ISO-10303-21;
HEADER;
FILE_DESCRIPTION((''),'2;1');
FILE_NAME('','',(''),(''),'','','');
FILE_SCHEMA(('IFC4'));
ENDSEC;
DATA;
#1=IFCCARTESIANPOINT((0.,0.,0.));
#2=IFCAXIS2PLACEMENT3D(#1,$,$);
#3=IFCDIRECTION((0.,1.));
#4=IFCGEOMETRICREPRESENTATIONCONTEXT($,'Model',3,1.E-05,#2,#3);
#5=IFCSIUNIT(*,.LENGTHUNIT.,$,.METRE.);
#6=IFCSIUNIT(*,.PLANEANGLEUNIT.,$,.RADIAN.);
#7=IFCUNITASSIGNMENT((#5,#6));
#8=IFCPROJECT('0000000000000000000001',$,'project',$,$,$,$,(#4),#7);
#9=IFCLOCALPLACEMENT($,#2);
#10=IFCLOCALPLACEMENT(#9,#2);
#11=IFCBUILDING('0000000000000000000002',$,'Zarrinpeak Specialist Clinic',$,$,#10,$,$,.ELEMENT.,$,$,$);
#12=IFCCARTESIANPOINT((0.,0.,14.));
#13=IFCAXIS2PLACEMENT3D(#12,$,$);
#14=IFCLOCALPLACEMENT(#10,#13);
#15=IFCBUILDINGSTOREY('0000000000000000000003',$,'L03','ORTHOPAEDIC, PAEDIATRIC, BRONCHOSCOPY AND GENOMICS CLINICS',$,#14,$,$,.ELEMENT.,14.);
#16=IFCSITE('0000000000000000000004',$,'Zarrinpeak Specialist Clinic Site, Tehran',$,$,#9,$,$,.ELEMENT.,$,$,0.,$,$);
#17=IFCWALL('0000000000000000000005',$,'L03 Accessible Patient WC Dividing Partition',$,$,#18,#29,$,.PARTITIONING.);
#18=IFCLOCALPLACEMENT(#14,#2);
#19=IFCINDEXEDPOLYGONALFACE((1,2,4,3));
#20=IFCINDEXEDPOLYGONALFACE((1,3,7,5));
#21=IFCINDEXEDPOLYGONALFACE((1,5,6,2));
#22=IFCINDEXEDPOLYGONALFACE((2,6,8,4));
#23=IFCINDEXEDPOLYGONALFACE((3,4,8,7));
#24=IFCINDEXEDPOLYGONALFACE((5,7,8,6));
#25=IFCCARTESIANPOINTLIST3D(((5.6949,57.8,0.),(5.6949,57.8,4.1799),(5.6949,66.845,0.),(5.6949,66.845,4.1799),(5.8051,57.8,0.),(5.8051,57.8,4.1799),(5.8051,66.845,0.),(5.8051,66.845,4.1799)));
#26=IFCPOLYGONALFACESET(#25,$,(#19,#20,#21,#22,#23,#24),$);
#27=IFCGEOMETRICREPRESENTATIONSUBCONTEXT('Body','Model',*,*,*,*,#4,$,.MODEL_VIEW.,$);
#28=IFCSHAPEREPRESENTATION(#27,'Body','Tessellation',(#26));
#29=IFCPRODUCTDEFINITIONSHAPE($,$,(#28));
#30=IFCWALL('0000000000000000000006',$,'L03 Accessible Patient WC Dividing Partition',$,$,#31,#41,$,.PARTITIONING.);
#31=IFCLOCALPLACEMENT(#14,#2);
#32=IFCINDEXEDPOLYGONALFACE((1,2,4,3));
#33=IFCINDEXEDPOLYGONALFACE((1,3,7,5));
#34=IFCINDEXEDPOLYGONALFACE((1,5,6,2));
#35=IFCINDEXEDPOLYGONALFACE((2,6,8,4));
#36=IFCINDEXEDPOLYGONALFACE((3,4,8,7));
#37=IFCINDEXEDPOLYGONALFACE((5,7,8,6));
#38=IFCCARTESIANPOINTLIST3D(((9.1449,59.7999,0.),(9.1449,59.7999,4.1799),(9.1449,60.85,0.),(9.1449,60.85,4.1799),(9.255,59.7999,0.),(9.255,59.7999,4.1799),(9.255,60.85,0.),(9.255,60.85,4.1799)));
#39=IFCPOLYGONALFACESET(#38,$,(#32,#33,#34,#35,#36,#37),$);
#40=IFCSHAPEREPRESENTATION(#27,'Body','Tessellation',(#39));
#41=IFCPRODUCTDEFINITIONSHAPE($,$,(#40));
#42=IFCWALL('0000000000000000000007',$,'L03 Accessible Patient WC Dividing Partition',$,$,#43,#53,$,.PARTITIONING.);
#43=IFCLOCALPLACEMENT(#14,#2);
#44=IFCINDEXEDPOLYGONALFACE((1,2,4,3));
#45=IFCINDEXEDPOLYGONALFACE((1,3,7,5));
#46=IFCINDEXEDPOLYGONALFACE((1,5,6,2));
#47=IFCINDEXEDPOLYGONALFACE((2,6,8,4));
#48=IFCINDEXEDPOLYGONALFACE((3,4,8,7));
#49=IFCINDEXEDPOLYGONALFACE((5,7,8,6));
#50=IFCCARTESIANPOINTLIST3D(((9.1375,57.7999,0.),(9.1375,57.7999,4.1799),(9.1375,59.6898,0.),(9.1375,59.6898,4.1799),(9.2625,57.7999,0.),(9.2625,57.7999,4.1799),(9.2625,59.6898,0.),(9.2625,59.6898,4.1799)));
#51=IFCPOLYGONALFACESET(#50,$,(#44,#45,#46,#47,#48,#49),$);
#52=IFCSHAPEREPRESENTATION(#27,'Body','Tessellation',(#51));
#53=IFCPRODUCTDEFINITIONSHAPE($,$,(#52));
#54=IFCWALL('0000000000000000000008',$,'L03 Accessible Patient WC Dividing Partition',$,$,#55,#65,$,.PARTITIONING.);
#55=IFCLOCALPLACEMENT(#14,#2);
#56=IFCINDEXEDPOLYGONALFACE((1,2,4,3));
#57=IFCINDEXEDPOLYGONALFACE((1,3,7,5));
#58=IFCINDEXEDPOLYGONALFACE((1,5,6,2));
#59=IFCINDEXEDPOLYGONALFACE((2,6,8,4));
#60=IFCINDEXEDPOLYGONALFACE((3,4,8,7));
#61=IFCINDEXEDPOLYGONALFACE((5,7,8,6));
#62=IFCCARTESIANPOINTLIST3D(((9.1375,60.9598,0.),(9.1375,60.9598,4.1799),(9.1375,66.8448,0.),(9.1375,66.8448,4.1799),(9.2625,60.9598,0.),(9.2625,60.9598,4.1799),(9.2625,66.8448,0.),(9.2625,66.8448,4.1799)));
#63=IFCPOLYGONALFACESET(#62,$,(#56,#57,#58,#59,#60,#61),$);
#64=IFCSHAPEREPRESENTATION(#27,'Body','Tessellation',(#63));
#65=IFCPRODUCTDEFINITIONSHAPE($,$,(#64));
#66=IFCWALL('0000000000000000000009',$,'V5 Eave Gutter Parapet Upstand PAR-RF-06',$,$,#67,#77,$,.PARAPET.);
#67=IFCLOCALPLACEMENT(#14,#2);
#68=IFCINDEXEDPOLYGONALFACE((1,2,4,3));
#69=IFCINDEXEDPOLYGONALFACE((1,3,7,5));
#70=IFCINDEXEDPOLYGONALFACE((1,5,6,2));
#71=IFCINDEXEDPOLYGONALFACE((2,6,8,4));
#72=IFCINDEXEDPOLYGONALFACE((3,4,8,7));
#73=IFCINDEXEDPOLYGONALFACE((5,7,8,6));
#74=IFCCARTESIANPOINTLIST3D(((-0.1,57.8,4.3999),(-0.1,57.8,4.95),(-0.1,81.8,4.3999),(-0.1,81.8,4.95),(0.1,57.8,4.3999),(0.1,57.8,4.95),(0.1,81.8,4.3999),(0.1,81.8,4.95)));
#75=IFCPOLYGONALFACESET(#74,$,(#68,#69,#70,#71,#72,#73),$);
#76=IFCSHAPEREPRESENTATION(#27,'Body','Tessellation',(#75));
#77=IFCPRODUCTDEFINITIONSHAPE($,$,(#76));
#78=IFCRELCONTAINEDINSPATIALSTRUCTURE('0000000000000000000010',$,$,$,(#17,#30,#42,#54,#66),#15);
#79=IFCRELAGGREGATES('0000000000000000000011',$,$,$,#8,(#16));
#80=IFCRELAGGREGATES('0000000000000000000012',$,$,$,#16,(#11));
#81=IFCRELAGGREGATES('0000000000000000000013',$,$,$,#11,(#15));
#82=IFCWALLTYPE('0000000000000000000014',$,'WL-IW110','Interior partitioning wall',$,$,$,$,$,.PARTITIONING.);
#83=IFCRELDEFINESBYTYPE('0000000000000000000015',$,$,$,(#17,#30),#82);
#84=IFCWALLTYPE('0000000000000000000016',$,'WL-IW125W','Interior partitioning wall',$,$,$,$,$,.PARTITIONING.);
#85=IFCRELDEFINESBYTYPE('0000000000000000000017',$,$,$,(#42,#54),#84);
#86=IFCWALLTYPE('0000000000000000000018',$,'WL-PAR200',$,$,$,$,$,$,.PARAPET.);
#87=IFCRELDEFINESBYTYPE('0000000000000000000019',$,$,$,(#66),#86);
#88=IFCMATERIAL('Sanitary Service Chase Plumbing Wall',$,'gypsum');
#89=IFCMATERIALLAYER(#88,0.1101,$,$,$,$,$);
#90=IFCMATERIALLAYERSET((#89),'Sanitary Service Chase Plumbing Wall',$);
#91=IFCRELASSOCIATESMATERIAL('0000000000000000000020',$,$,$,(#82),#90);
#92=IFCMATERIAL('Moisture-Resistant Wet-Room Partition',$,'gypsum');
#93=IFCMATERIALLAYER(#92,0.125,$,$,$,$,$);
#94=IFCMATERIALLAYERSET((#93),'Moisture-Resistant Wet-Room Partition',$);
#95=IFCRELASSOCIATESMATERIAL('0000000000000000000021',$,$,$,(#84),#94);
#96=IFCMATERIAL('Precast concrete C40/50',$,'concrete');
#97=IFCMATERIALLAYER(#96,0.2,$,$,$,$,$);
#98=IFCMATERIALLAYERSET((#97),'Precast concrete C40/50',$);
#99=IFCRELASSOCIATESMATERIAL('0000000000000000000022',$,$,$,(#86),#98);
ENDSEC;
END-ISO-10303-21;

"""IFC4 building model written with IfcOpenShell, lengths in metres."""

from ifc_helpers import new_model, si_unit, direction, frame, frame_2d, origin, place, context, subcontext, project, spatial, rectangle, extrude, material, layer, layer_set, type_object, element, save


model = new_model("IFC4")

# Units and contexts
model_context = context("Model", 3, precision=1e-05, world=origin(), true_north=direction((0.0, 1.0)))
body_context = subcontext(model_context, "Body", "Model", "MODEL_VIEW")
ifc_project = project(units=[si_unit("LENGTHUNIT", "METRE"), si_unit("PLANEANGLEUNIT", "RADIAN")], contexts=[model_context])

# Site, building, storey
site_placement = place(None, origin())
site = spatial("IfcSite", under=ifc_project, at=site_placement, Name="Zarrinpeak Specialist Clinic Site, Tehran", CompositionType="ELEMENT", RefElevation=0.0)
building_placement = place(site_placement, origin())
building = spatial("IfcBuilding", under=site, at=building_placement, Name="Zarrinpeak Specialist Clinic", CompositionType="ELEMENT")
storey_placement = place(building_placement, frame((0.0, 0.0, 14.0)))
storey = spatial("IfcBuildingStorey", under=building, at=storey_placement, Name="L03", Description="ORTHOPAEDIC, PAEDIATRIC, BRONCHOSCOPY AND GENOMICS CLINICS", CompositionType="ELEMENT", Elevation=14.0)

# Shared definitions
ifc_material_1 = material(Name="Precast concrete C40/50", Category="concrete")

# Walls
ifc_material_2 = material(Name="Sanitary Service Chase Plumbing Wall", Category="gypsum")
ifc_layer_1 = layer(ifc_material_2, 0.1101)
ifc_layer_set_1 = layer_set([ifc_layer_1], Name="Sanitary Service Chase Plumbing Wall")
wall_type_1 = type_object("IfcWallType", Name="WL-IW110", Description="Interior partitioning wall", PredefinedType="PARTITIONING", material=ifc_layer_set_1)
wall_1_placement = place(storey_placement, frame((5.75, 57.8, 0.0), z_axis=(0.0, 0.0, 1.0), x_axis=(0.0, 1.0, 0.0)))
element("IfcWall", 1, at=wall_1_placement, inside=storey, type_object=wall_type_1, Name="L03 Accessible Patient WC Dividing Partition", PredefinedType="PARTITIONING", context=body_context, shape_type="SweptSolid", body=[
    extrude(rectangle(XDim=9.0449, YDim=0.1101, at=frame_2d((4.5225, 0.0))), origin(), (0.0, 0.0, 1.0), 4.1799),
])
wall_2_placement = place(storey_placement, frame((9.2, 59.8, 0.0), z_axis=(0.0, 0.0, 1.0), x_axis=(0.0, 1.0, 0.0)))
element("IfcWall", 2, at=wall_2_placement, inside=storey, type_object=wall_type_1, Name="L03 Accessible Patient WC Dividing Partition", PredefinedType="PARTITIONING", context=body_context, shape_type="SweptSolid", body=[
    extrude(rectangle(XDim=1.05, YDim=0.1101, at=frame_2d((0.5249, 0.0))), origin(), (0.0, 0.0, 1.0), 4.1799),
])
ifc_material_3 = material(Name="Moisture-Resistant Wet-Room Partition", Category="gypsum")
ifc_layer_2 = layer(ifc_material_3, 0.125)
ifc_layer_set_2 = layer_set([ifc_layer_2], Name="Moisture-Resistant Wet-Room Partition")
wall_type_2 = type_object("IfcWallType", Name="WL-IW125W", Description="Interior partitioning wall", PredefinedType="PARTITIONING", material=ifc_layer_set_2)
wall_3_placement = place(storey_placement, frame((9.2, 57.8, 0.0), z_axis=(0.0, 0.0, 1.0), x_axis=(0.0, 1.0, 0.0)))
element("IfcWall", 3, at=wall_3_placement, inside=storey, type_object=wall_type_2, Name="L03 Accessible Patient WC Dividing Partition", PredefinedType="PARTITIONING", context=body_context, shape_type="SweptSolid", body=[
    extrude(rectangle(XDim=1.8899, YDim=0.125, at=frame_2d((0.9448, 0.0))), origin(), (0.0, 0.0, 1.0), 4.1799),
])
wall_4_placement = place(storey_placement, frame((9.2, 60.96, 0.0), z_axis=(0.0, 0.0, 1.0), x_axis=(0.0, 1.0, 0.0)))
element("IfcWall", 4, at=wall_4_placement, inside=storey, type_object=wall_type_2, Name="L03 Accessible Patient WC Dividing Partition", PredefinedType="PARTITIONING", context=body_context, shape_type="SweptSolid", body=[
    extrude(rectangle(XDim=5.885, YDim=0.125, at=frame_2d((2.9424, 0.0))), origin(), (0.0, 0.0, 1.0), 4.1799),
])
ifc_layer_3 = layer(ifc_material_1, 0.2)
ifc_layer_set_3 = layer_set([ifc_layer_3], Name="Precast concrete C40/50")
wall_type_3 = type_object("IfcWallType", Name="WL-PAR200", PredefinedType="PARAPET", material=ifc_layer_set_3)
wall_5_placement = place(storey_placement, frame((0.0, 57.8, 4.3999), z_axis=(0.0, 0.0, 1.0), x_axis=(0.0, 1.0, 0.0)))
element("IfcWall", 5, at=wall_5_placement, inside=storey, type_object=wall_type_3, Name="V5 Eave Gutter Parapet Upstand PAR-RF-06", PredefinedType="PARAPET", context=body_context, shape_type="SweptSolid", body=[
    extrude(rectangle(XDim=24.0, YDim=0.2, at=frame_2d((12.0, 0.0))), origin(), (0.0, 0.0, 1.0), 0.55),
])

save(model, "model.ifc")
